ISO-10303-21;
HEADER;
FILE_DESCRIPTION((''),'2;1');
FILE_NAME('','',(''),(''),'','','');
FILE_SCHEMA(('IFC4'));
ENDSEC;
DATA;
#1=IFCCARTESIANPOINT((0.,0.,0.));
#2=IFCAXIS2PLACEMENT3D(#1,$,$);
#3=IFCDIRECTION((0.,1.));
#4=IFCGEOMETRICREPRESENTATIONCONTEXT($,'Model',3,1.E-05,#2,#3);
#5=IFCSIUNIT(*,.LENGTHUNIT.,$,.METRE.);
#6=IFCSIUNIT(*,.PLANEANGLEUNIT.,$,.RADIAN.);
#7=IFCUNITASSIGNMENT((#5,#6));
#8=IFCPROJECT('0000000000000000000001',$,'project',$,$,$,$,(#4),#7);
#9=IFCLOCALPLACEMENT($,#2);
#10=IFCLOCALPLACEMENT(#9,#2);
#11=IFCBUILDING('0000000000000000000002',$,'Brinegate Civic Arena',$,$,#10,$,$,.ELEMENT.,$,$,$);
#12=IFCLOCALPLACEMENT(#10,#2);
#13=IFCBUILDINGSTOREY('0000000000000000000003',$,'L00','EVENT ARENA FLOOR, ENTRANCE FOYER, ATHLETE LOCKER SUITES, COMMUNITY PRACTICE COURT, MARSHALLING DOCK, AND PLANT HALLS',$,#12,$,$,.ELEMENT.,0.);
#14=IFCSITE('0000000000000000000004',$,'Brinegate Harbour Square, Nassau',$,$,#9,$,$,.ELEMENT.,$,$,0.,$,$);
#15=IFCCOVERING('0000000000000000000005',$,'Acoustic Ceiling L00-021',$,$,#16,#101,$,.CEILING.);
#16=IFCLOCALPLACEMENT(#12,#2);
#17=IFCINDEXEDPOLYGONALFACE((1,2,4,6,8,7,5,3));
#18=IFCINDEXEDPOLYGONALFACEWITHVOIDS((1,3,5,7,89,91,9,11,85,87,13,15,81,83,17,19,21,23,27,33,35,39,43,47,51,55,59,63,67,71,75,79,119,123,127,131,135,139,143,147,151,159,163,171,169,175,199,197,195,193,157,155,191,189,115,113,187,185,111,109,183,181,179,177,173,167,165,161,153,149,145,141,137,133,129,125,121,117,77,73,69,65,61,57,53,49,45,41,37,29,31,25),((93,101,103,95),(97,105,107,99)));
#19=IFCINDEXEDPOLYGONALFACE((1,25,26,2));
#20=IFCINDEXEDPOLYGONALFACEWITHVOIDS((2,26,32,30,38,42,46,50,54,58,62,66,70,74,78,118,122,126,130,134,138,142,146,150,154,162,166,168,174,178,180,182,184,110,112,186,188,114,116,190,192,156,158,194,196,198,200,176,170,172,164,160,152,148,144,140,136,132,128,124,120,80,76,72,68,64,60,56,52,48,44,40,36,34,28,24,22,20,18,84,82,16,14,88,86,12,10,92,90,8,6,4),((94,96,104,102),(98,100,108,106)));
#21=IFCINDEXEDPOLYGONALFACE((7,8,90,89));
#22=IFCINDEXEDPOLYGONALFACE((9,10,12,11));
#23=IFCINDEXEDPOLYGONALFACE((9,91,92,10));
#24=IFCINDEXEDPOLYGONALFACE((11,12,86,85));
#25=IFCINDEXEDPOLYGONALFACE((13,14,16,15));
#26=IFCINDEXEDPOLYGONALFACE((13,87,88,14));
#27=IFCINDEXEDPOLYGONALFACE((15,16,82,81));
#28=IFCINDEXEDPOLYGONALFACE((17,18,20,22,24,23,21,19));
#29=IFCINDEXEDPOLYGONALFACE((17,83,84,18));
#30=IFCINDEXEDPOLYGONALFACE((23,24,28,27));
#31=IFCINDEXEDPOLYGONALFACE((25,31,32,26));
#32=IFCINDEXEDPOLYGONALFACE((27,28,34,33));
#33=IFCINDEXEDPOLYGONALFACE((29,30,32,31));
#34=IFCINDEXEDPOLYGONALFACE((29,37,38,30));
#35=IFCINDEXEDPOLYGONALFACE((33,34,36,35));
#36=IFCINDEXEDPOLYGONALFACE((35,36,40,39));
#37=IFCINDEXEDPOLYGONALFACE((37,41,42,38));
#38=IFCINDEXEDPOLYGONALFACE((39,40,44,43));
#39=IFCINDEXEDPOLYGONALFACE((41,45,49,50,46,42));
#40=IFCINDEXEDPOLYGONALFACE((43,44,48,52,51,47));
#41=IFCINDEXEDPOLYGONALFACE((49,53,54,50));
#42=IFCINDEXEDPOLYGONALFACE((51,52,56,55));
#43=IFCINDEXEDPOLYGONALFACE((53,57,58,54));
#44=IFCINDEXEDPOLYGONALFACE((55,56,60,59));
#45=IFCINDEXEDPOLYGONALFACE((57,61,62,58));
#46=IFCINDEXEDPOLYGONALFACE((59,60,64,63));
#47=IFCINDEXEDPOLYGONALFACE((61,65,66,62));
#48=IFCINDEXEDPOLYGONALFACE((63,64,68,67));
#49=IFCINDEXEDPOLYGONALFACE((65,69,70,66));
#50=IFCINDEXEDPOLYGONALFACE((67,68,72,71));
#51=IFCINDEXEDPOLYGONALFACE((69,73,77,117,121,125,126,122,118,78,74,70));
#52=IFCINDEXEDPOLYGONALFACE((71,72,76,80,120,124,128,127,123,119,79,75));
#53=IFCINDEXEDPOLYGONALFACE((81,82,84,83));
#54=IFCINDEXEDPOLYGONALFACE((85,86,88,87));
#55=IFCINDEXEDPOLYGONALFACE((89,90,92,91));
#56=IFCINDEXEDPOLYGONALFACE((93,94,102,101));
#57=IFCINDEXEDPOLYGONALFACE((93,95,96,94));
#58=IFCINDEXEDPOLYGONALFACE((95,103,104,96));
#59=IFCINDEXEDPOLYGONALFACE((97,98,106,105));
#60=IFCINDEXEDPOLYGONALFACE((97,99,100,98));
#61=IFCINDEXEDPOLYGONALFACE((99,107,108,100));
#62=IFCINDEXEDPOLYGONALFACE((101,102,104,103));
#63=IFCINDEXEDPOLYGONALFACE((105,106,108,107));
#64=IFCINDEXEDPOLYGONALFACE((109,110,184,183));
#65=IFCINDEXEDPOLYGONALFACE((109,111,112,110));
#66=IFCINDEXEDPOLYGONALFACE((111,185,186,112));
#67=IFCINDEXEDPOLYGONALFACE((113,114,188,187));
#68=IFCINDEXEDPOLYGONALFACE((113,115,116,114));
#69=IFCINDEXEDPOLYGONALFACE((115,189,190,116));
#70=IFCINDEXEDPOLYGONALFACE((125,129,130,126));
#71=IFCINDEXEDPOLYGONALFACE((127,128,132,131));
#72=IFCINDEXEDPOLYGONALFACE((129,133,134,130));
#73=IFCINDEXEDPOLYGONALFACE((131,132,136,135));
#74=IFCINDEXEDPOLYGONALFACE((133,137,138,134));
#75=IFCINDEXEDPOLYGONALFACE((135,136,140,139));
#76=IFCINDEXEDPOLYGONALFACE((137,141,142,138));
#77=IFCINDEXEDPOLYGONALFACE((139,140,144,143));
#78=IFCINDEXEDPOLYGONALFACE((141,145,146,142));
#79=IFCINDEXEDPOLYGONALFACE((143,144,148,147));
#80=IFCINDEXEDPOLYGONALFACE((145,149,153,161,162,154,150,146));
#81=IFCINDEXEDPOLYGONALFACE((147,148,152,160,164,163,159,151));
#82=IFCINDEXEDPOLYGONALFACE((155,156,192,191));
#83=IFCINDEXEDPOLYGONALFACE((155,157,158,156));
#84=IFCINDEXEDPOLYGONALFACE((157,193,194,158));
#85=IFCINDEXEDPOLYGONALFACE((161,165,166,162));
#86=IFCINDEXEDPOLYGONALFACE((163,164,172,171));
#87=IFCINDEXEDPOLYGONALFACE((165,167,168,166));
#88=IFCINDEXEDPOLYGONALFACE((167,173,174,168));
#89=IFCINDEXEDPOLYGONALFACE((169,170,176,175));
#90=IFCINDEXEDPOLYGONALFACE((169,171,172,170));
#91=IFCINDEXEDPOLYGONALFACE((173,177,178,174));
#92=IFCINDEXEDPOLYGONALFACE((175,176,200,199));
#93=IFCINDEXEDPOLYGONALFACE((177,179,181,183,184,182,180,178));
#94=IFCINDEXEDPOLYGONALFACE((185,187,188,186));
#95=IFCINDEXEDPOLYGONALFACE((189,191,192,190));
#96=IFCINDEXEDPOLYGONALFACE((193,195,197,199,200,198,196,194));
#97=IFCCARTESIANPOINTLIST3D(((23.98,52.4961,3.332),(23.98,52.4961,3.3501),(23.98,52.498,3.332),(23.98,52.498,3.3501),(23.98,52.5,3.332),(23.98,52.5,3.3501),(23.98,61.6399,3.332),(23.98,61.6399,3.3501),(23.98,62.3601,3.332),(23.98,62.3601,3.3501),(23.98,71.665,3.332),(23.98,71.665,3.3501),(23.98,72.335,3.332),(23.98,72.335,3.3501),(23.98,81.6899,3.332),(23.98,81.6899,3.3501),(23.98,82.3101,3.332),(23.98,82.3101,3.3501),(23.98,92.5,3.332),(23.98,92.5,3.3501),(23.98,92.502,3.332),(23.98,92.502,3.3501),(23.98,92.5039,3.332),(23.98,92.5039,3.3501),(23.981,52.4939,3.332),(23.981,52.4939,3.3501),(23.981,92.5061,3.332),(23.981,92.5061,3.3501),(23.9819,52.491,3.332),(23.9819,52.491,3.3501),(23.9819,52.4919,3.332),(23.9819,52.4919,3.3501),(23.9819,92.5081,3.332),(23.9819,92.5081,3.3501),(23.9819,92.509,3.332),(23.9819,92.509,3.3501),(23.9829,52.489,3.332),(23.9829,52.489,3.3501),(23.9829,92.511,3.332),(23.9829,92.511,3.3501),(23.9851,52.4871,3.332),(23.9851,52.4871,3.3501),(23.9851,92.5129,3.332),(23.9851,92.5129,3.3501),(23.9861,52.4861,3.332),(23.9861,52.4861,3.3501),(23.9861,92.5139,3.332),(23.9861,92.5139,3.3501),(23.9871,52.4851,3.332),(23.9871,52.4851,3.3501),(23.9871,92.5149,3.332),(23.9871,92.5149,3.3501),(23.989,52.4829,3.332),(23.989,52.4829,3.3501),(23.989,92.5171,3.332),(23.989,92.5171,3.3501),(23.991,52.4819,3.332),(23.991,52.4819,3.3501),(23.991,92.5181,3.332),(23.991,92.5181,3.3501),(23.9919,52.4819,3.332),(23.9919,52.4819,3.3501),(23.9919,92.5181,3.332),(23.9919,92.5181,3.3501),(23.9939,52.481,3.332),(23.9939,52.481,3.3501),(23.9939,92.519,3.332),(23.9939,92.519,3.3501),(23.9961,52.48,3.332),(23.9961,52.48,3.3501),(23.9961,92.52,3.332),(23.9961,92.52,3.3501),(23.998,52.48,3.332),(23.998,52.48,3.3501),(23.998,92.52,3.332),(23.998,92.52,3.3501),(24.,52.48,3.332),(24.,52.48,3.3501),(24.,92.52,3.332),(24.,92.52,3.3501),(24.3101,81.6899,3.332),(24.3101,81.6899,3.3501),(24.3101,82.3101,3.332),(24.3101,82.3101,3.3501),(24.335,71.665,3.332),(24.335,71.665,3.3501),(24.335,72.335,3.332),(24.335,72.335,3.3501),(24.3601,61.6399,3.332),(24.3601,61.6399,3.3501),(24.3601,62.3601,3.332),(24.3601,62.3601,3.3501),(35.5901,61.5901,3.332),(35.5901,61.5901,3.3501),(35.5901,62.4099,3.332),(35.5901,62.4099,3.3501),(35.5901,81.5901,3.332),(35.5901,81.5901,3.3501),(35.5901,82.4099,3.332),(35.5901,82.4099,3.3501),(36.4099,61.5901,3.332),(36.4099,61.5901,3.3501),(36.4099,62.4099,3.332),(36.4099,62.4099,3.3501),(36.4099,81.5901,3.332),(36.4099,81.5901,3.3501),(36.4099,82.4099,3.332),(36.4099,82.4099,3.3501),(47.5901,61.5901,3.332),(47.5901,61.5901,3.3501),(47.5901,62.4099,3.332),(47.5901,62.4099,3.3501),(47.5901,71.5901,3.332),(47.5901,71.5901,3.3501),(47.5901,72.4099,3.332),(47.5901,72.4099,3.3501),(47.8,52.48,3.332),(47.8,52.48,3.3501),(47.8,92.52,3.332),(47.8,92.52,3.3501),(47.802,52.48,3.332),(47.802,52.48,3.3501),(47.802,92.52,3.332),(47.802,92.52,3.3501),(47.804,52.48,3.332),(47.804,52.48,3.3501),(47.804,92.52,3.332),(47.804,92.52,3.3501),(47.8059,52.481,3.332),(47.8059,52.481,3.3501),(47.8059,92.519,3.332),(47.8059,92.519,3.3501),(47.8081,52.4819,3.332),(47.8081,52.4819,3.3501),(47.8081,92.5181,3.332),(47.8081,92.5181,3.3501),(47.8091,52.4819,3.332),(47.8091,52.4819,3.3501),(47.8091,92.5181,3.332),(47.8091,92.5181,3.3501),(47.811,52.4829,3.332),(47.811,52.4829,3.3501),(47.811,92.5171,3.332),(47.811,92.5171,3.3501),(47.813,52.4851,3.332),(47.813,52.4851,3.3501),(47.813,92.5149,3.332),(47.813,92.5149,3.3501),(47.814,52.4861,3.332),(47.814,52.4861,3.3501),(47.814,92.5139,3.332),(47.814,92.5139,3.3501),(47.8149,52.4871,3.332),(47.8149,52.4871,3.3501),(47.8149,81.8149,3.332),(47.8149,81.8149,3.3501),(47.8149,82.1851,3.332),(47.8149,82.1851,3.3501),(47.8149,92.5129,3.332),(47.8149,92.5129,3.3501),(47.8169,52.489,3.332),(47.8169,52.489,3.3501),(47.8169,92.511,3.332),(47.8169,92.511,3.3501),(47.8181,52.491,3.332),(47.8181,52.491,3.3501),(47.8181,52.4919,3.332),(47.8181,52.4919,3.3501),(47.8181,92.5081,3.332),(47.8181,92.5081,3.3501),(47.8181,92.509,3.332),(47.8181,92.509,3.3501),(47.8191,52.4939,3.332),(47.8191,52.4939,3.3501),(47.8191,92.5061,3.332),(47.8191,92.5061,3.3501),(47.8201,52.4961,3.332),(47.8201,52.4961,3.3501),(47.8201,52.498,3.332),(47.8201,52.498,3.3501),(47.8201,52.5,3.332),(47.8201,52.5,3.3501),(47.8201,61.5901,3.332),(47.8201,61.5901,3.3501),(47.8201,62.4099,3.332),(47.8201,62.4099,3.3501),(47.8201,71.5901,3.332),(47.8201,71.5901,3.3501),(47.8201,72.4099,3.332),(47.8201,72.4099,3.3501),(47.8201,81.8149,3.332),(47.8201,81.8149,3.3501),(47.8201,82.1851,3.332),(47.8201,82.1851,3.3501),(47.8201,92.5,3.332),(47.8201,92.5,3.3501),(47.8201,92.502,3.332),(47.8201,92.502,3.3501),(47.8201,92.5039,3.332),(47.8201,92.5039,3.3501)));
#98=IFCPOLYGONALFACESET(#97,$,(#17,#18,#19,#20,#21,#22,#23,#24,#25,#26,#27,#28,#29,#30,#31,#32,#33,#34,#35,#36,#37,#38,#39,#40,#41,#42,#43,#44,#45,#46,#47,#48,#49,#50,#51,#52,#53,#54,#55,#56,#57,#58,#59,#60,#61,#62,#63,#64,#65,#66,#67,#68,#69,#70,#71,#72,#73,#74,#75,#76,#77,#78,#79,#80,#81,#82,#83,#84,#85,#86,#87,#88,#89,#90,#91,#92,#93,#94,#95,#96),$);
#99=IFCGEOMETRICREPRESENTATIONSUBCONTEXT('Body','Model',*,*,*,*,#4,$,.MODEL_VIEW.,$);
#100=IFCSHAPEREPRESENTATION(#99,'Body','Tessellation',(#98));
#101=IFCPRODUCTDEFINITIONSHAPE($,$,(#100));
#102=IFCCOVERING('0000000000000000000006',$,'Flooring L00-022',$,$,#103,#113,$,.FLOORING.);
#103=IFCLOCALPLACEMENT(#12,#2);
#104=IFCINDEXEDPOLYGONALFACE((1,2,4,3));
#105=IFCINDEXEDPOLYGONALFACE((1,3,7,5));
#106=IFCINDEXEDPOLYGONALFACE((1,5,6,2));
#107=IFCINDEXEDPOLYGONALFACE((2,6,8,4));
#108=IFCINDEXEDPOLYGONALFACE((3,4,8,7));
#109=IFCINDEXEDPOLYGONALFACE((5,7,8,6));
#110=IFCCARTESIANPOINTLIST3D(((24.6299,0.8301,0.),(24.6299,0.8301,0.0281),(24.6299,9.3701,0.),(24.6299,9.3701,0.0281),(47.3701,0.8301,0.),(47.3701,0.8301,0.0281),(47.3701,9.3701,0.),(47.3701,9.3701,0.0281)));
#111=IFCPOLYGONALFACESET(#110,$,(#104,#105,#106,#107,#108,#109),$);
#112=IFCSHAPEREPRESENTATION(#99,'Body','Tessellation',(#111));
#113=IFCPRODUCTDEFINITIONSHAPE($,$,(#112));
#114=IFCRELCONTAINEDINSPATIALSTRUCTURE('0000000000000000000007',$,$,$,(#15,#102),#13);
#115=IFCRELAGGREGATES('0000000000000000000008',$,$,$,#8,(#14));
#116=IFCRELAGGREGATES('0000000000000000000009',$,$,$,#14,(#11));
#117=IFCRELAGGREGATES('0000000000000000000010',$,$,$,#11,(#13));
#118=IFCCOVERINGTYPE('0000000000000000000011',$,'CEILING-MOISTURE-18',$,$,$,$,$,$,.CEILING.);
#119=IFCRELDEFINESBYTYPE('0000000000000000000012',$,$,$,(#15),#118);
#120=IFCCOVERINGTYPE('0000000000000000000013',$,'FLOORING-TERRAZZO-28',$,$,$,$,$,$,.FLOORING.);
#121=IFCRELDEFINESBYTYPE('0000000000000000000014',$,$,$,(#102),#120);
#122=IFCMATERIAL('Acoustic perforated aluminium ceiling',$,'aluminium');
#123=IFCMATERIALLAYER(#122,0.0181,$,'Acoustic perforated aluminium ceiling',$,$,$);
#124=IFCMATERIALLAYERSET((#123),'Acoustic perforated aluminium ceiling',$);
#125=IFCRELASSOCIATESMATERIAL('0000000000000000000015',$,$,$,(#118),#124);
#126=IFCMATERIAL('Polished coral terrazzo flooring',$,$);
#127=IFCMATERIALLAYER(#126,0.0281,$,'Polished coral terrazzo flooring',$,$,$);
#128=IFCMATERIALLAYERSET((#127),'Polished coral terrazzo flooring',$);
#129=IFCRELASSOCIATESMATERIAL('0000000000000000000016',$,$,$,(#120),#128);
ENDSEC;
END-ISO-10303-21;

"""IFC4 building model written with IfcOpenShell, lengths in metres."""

from ifc_helpers import new_model, si_unit, direction, frame, origin, place, context, subcontext, project, spatial, polyline, outline, extrude, material, layer, layer_set, type_object, element, save


model = new_model("IFC4")

# Units and contexts
model_context = context("Model", 3, precision=1e-05, world=origin(), true_north=direction((0.0, 1.0)))
body_context = subcontext(model_context, "Body", "Model", "MODEL_VIEW")
ifc_project = project(units=[si_unit("LENGTHUNIT", "METRE"), si_unit("PLANEANGLEUNIT", "RADIAN")], contexts=[model_context])

# Site, building, storey
site_placement = place(None, origin())
site = spatial("IfcSite", under=ifc_project, at=site_placement, Name="Brinegate Harbour Square, Nassau", CompositionType="ELEMENT", RefElevation=0.0)
building_placement = place(site_placement, origin())
building = spatial("IfcBuilding", under=site, at=building_placement, Name="Brinegate Civic Arena", CompositionType="ELEMENT")
storey_placement = place(building_placement, origin())
storey = spatial("IfcBuildingStorey", under=building, at=storey_placement, Name="L00", Description="EVENT ARENA FLOOR, ENTRANCE FOYER, ATHLETE LOCKER SUITES, COMMUNITY PRACTICE COURT, MARSHALLING DOCK, AND PLANT HALLS", CompositionType="ELEMENT", Elevation=0.0)

# Coverings
ifc_material_1 = material(Name="Acoustic perforated aluminium ceiling", Category="aluminium")
ifc_layer_1 = layer(ifc_material_1, 0.0181, Name="Acoustic perforated aluminium ceiling")
ifc_layer_set_1 = layer_set([ifc_layer_1], Name="Acoustic perforated aluminium ceiling")
covering_type_1 = type_object("IfcCoveringType", Name="CEILING-MOISTURE-18", PredefinedType="CEILING", material=ifc_layer_set_1)
covering_1_placement = place(storey_placement, frame((0.0, 0.0, 3.332)))
element("IfcCovering", 1, at=covering_1_placement, inside=storey, type_object=covering_type_1, Name="Acoustic Ceiling L00-021", PredefinedType="CEILING", context=body_context, shape_type="SweptSolid", body=[
    extrude(outline(polyline([(47.804, 92.52), (47.8059, 92.519), (47.8081, 92.5181), (47.8091, 92.5181), (47.811, 92.5171), (47.813, 92.5149), (47.814, 92.5139), (47.8149, 92.5129), (47.8169, 92.511), (47.8181, 92.509), (47.8181, 92.5081), (47.8191, 92.5061), (47.8201, 92.5039), (47.8201, 92.502), (47.8201, 92.5), (47.8201, 82.1851), (47.8149, 82.1851), (47.8149, 81.8149), (47.8201, 81.8149), (47.8201, 72.4099), (47.5901, 72.4099), (47.5901, 71.5901), (47.8201, 71.5901), (47.8201, 62.4099), (47.5901, 62.4099), (47.5901, 61.5901), (47.8201, 61.5901), (47.8201, 52.5), (47.8201, 52.498), (47.8201, 52.4961), (47.8191, 52.4939), (47.8181, 52.4919), (47.8181, 52.491), (47.8169, 52.489), (47.8149, 52.4871), (47.814, 52.4861), (47.813, 52.4851), (47.811, 52.4829), (47.8091, 52.4819), (47.8081, 52.4819), (47.8059, 52.481), (47.804, 52.48), (47.802, 52.48), (47.8, 52.48), (24.0, 52.48), (23.998, 52.48), (23.9961, 52.48), (23.9939, 52.481), (23.9919, 52.4819), (23.991, 52.4819), (23.989, 52.4829), (23.9871, 52.4851), (23.9861, 52.4861), (23.9851, 52.4871), (23.9829, 52.489), (23.9819, 52.491), (23.9819, 52.4919), (23.981, 52.4939), (23.98, 52.4961), (23.98, 52.498), (23.98, 52.5), (23.98, 61.6399), (24.3601, 61.6399), (24.3601, 62.3601), (23.98, 62.3601), (23.98, 71.665), (24.335, 71.665), (24.335, 72.335), (23.98, 72.335), (23.98, 81.6899), (24.3101, 81.6899), (24.3101, 82.3101), (23.98, 82.3101), (23.98, 92.5), (23.98, 92.502), (23.98, 92.5039), (23.981, 92.5061), (23.9819, 92.5081), (23.9819, 92.509), (23.9829, 92.511), (23.9851, 92.5129), (23.9861, 92.5139), (23.9871, 92.5149), (23.989, 92.5171), (23.991, 92.5181), (23.9919, 92.5181), (23.9939, 92.519), (23.9961, 92.52), (23.998, 92.52), (24.0, 92.52), (47.8, 92.52), (47.802, 92.52), (47.804, 92.52)]), holes=[polyline([(36.4099, 62.4099), (35.5901, 62.4099), (35.5901, 61.5901), (36.4099, 61.5901), (36.4099, 62.4099)]), polyline([(36.4099, 82.4099), (35.5901, 82.4099), (35.5901, 81.5901), (36.4099, 81.5901), (36.4099, 82.4099)])]), origin(), (0.0, 0.0, 1.0), 0.0181),
])
ifc_material_2 = material(Name="Polished coral terrazzo flooring")
ifc_layer_2 = layer(ifc_material_2, 0.0281, Name="Polished coral terrazzo flooring")
ifc_layer_set_2 = layer_set([ifc_layer_2], Name="Polished coral terrazzo flooring")
covering_type_2 = type_object("IfcCoveringType", Name="FLOORING-TERRAZZO-28", PredefinedType="FLOORING", material=ifc_layer_set_2)
covering_2_placement = place(storey_placement, origin())
element("IfcCovering", 2, at=covering_2_placement, inside=storey, type_object=covering_type_2, Name="Flooring L00-022", PredefinedType="FLOORING", context=body_context, shape_type="SweptSolid", body=[
    extrude(outline(polyline([(24.6299, 0.8301), (24.6299, 9.3701), (47.3701, 9.3701), (47.3701, 0.8301), (24.6299, 0.8301)])), origin(), (0.0, 0.0, 1.0), 0.0281),
])

save(model, "model.ifc")
